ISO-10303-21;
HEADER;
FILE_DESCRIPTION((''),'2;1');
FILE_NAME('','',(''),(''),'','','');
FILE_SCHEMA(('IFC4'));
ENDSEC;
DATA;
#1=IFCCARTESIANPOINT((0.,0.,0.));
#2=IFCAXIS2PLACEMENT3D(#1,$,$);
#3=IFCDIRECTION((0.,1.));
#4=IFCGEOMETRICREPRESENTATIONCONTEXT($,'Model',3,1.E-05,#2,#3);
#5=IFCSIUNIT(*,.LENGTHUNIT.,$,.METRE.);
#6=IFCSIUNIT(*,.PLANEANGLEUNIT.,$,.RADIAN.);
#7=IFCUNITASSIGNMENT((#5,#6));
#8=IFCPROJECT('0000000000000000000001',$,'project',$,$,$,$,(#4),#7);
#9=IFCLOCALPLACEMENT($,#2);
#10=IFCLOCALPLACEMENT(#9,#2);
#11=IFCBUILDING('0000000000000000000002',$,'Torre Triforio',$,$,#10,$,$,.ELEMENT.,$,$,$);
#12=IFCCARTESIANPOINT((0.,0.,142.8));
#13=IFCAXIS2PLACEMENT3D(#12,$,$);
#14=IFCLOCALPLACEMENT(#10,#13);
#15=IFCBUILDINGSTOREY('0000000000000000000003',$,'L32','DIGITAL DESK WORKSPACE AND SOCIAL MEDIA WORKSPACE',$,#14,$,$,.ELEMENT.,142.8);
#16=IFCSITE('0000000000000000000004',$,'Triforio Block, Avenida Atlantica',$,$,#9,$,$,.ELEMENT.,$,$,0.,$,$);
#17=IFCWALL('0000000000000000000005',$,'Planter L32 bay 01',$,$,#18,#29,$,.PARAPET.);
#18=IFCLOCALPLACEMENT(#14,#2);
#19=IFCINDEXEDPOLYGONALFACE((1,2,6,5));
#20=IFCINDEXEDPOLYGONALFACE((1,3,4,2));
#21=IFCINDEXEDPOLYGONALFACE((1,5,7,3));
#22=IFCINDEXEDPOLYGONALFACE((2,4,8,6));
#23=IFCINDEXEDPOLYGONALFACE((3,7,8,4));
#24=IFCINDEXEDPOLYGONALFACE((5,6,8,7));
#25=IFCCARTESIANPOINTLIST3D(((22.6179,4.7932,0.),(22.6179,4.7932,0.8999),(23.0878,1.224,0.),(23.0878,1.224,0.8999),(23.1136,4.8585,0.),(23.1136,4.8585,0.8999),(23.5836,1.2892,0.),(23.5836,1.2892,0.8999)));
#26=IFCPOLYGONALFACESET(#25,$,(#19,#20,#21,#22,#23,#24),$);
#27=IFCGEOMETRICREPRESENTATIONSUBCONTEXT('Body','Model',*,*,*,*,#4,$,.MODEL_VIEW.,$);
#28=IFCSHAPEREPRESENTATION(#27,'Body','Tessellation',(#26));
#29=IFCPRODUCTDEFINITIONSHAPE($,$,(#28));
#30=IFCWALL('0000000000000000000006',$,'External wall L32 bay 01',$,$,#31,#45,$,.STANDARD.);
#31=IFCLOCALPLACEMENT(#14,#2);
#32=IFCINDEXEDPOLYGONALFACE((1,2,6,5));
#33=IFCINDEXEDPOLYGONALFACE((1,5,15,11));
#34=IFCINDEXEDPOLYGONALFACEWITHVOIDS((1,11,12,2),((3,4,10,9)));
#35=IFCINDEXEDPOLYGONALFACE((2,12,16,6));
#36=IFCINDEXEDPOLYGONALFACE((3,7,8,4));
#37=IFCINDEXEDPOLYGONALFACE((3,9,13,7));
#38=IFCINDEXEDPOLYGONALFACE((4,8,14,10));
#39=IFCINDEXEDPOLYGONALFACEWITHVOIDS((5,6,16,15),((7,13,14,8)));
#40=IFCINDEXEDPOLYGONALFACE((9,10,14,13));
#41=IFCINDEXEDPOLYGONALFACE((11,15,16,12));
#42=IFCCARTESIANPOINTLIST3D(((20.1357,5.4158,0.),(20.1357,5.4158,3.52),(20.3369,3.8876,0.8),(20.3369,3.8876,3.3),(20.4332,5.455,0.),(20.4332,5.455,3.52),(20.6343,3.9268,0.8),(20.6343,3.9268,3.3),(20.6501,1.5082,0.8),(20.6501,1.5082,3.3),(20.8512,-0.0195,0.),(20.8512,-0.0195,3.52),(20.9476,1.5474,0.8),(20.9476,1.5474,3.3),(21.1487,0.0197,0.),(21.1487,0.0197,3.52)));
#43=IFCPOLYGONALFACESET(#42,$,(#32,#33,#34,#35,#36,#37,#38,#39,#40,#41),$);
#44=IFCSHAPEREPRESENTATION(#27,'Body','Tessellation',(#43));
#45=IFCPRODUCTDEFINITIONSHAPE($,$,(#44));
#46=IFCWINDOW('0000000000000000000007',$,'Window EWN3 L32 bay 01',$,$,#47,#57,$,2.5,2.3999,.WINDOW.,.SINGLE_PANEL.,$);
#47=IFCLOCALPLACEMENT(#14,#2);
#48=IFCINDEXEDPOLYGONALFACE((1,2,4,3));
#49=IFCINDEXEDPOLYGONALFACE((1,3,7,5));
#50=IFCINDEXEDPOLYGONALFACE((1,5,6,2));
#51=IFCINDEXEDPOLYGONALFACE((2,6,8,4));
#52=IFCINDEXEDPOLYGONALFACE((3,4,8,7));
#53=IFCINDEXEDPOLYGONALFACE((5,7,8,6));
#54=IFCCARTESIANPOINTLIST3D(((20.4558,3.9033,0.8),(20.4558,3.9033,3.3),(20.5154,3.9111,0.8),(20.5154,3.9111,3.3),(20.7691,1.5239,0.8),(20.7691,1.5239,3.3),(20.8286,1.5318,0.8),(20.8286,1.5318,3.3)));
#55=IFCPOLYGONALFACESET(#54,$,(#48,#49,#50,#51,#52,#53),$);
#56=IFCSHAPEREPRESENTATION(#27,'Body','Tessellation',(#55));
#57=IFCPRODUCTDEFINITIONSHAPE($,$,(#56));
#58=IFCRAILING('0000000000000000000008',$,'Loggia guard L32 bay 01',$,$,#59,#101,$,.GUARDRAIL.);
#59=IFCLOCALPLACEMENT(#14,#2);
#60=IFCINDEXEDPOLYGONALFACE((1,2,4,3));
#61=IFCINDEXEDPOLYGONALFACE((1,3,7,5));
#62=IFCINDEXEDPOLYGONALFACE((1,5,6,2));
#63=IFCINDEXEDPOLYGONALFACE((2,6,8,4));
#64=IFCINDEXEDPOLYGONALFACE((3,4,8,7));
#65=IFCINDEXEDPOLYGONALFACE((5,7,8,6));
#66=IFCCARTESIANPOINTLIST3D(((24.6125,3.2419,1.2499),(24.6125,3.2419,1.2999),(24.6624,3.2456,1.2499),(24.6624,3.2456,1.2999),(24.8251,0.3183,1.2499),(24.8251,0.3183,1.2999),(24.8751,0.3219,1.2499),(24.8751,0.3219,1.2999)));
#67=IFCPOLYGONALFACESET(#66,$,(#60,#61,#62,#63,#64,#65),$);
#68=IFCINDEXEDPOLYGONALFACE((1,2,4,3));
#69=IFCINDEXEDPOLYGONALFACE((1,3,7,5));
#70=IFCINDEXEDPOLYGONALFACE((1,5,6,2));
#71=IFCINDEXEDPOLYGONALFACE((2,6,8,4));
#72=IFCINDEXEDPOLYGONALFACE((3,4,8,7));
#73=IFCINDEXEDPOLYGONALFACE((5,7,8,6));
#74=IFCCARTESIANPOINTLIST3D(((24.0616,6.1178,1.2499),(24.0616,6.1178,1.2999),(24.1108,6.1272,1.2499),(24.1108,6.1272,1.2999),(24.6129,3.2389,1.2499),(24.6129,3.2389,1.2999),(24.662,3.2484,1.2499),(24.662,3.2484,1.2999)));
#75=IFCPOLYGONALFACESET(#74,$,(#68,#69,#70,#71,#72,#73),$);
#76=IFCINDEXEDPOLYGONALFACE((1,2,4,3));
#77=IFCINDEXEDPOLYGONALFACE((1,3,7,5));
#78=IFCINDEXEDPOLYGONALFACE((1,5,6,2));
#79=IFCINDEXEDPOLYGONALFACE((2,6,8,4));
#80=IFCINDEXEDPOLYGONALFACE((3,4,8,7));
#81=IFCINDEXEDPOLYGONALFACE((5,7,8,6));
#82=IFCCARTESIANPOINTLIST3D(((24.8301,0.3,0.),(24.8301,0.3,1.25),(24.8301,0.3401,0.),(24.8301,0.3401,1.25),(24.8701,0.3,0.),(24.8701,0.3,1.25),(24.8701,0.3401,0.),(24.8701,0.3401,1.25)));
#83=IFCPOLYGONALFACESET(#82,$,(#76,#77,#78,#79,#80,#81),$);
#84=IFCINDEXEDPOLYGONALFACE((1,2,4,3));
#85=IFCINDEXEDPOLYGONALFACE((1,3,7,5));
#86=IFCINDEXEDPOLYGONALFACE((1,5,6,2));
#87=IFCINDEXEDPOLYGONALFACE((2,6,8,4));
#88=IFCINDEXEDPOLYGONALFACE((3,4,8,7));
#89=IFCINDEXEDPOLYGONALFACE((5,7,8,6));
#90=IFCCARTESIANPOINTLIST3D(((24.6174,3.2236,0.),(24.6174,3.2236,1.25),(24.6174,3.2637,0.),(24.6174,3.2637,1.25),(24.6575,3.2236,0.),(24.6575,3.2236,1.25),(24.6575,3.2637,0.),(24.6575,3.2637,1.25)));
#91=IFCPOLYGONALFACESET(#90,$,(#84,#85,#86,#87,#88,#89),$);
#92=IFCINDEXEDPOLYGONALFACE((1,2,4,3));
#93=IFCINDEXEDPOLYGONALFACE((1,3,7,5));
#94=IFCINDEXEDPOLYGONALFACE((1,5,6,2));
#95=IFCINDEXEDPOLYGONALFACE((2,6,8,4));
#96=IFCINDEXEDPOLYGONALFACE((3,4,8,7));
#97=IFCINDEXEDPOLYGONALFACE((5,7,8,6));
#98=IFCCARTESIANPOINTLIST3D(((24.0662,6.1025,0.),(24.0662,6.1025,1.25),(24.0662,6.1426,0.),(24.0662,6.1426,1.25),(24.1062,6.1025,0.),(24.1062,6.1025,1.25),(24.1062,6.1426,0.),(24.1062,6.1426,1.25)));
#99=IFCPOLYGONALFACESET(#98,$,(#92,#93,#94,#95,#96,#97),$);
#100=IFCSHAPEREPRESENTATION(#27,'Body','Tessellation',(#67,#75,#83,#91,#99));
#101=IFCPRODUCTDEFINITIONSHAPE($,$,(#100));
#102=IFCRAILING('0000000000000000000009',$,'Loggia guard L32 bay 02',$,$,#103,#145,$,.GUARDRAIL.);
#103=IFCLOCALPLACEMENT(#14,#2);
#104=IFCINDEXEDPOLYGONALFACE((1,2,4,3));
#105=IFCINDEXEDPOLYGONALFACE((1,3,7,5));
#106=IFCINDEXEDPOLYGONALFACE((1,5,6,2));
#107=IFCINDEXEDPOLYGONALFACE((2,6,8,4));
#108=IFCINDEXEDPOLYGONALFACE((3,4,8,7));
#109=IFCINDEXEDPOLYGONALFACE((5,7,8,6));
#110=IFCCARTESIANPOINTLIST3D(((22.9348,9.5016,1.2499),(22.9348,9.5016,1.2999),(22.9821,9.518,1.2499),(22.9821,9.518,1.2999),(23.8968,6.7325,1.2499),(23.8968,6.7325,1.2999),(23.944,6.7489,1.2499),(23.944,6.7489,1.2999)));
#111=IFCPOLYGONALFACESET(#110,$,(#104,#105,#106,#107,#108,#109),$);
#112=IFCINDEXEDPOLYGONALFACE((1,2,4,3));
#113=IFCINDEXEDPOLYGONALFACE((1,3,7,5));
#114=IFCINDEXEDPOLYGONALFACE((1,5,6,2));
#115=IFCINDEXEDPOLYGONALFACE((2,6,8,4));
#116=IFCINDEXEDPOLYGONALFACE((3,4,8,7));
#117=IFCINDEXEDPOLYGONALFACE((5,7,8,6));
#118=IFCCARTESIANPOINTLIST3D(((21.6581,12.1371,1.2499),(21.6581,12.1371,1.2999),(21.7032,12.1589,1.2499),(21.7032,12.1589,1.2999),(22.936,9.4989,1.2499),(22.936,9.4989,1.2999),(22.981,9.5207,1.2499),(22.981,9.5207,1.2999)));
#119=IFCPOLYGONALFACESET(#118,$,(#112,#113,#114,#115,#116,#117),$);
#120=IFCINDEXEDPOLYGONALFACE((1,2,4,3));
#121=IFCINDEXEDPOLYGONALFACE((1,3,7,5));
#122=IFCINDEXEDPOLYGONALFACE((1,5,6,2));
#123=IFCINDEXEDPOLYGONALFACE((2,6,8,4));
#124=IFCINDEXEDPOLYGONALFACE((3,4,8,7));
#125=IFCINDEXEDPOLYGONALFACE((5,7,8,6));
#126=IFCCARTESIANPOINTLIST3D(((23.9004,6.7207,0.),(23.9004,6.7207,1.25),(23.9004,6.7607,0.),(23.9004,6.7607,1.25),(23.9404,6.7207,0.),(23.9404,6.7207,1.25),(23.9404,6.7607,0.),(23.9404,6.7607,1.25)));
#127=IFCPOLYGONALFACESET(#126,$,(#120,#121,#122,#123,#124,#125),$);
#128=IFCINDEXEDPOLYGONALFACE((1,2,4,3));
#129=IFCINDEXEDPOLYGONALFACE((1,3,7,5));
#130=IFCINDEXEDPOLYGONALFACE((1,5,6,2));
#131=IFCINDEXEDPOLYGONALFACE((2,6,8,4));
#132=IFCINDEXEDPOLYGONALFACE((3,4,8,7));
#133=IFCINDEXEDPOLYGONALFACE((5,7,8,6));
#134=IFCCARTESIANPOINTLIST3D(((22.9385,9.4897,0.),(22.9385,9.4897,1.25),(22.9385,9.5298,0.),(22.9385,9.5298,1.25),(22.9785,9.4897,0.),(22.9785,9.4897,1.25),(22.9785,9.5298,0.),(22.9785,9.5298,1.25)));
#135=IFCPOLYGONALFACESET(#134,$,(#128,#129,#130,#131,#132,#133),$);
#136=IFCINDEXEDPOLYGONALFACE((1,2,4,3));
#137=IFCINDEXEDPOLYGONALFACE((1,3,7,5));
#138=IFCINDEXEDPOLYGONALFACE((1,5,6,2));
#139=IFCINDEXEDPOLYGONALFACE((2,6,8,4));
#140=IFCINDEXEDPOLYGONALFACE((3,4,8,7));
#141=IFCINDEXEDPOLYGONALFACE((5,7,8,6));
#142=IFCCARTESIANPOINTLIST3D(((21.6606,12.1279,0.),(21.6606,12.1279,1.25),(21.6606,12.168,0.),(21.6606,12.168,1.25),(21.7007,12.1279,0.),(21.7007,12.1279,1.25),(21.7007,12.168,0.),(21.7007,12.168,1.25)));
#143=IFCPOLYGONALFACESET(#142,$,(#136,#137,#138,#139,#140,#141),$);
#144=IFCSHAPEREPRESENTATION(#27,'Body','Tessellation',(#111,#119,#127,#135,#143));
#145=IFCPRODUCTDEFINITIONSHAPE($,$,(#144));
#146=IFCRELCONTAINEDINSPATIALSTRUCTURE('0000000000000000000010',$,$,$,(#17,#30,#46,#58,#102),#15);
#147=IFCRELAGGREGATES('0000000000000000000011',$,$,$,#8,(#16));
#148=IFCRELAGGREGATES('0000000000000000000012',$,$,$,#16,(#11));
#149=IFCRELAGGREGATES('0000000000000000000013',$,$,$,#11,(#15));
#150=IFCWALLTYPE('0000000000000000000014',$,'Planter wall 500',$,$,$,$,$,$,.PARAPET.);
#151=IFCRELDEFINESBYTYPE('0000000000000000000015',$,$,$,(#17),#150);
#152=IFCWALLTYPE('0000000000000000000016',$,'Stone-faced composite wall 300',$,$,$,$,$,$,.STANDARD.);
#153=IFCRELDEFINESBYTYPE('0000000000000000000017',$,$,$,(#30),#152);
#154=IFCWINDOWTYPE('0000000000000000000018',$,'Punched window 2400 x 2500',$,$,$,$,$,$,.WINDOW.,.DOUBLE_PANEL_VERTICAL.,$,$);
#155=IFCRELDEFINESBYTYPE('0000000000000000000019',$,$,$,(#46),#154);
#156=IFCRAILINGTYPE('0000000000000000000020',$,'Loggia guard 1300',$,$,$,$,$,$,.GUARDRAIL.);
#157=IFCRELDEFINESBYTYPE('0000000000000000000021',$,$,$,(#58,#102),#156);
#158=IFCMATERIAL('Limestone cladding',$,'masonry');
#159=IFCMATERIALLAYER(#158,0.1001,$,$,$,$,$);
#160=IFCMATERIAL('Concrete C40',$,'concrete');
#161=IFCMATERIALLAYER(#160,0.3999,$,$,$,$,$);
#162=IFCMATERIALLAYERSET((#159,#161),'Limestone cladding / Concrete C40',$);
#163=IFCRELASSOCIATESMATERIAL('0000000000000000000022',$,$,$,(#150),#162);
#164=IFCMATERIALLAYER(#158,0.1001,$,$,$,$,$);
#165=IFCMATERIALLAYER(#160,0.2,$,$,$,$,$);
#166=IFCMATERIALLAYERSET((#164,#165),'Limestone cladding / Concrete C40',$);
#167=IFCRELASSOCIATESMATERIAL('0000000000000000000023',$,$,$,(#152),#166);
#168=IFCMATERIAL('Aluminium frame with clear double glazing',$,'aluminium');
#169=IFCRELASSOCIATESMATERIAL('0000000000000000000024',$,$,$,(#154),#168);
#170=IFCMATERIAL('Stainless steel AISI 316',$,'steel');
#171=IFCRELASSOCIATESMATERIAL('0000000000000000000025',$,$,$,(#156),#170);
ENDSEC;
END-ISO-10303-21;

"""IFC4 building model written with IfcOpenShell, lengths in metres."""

from ifc_helpers import new_model, si_unit, direction, frame, frame_2d, origin, origin_2d, place, context, subcontext, project, spatial, rectangle, extrude, material, layer, layer_set, type_object, element, fill, save


model = new_model("IFC4")

# Units and contexts
model_context = context("Model", 3, precision=1e-05, world=origin(), true_north=direction((0.0, 1.0)))
body_context = subcontext(model_context, "Body", "Model", "MODEL_VIEW")
ifc_project = project(units=[si_unit("LENGTHUNIT", "METRE"), si_unit("PLANEANGLEUNIT", "RADIAN")], contexts=[model_context])

# Site, building, storey
site_placement = place(None, origin())
site = spatial("IfcSite", under=ifc_project, at=site_placement, Name="Triforio Block, Avenida Atlantica", CompositionType="ELEMENT", RefElevation=0.0)
building_placement = place(site_placement, origin())
building = spatial("IfcBuilding", under=site, at=building_placement, Name="Torre Triforio", CompositionType="ELEMENT")
storey_placement = place(building_placement, frame((0.0, 0.0, 142.8)))
storey = spatial("IfcBuildingStorey", under=building, at=storey_placement, Name="L32", Description="DIGITAL DESK WORKSPACE AND SOCIAL MEDIA WORKSPACE", CompositionType="ELEMENT", Elevation=142.8)

# Wall
ifc_material_1 = material(Name="Limestone cladding", Category="masonry")
ifc_layer_1 = layer(ifc_material_1, 0.1001)
ifc_material_2 = material(Name="Concrete C40", Category="concrete")
ifc_layer_2 = layer(ifc_material_2, 0.3999)
ifc_layer_set_1 = layer_set([ifc_layer_1, ifc_layer_2], Name="Limestone cladding / Concrete C40")
wall_type_1 = type_object("IfcWallType", Name="Planter wall 500", PredefinedType="PARAPET", material=ifc_layer_set_1)
wall_1_placement = place(storey_placement, frame((23.3357, 1.2566, 0.0), z_axis=(0.0, 0.0, 1.0), x_axis=(-0.130542, 0.991443, 0.0)))
element("IfcWall", 1, at=wall_1_placement, inside=storey, type_object=wall_type_1, Name="Planter L32 bay 01", PredefinedType="PARAPET", context=body_context, shape_type="SweptSolid", body=[
    extrude(rectangle(XDim=3.6001, YDim=0.5, at=frame_2d((1.8, 0.0))), origin(), (0.0, 0.0, 1.0), 0.8999),
])

# Wall, opening, window
ifc_layer_3 = layer(ifc_material_1, 0.1001)
ifc_layer_4 = layer(ifc_material_2, 0.2)
ifc_layer_set_2 = layer_set([ifc_layer_3, ifc_layer_4], Name="Limestone cladding / Concrete C40")
wall_type_2 = type_object("IfcWallType", Name="Stone-faced composite wall 300", PredefinedType="STANDARD", material=ifc_layer_set_2)
wall_2_placement = place(storey_placement, frame((21.0, 0.0, 0.0), z_axis=(0.0, 0.0, 1.0), x_axis=(-0.130527, 0.991445, 0.0)))
wall_2 = element("IfcWall", 2, at=wall_2_placement, inside=storey, type_object=wall_type_2, Name="External wall L32 bay 01", PredefinedType="STANDARD", context=body_context, shape_type="SweptSolid", body=[
    extrude(rectangle(XDim=5.4822, YDim=0.3, at=frame_2d((2.7412, 0.0))), origin(), (0.0, 0.0, 1.0), 3.52),
])
opening_1_placement = place(wall_2_placement, frame((1.541, 0.0, 0.8)))
opening_1 = element("IfcOpeningElement", 3, at=opening_1_placement, cuts=wall_2, PredefinedType="OPENING", context=body_context, shape_type="SweptSolid", body=[
    extrude(rectangle(XDim=2.3999, YDim=2.5, at=frame_2d((1.2, 1.25))), frame((0.0, 0.1599, 0.0), z_axis=(0.0, -1.0, 0.0), x_axis=(1.0, 0.0, 0.0)), (0.0, 0.0, 1.0), 0.3201),
])
ifc_material_3 = material(Name="Aluminium frame with clear double glazing", Category="aluminium")
window_type_1 = type_object("IfcWindowType", Name="Punched window 2400 x 2500", PartitioningType="DOUBLE_PANEL_VERTICAL", PredefinedType="WINDOW", material=ifc_material_3)
window_1_placement = place(opening_1_placement, origin())
window_1 = element("IfcWindow", 4, at=window_1_placement, inside=storey, type_object=window_type_1, Name="Window EWN3 L32 bay 01", OverallHeight=2.5, OverallWidth=2.3999, PartitioningType="SINGLE_PANEL", PredefinedType="WINDOW", context=body_context, shape_type="SweptSolid", body=[
    extrude(rectangle(XDim=2.3999, YDim=2.5, at=frame_2d((1.2, 1.25))), frame((0.0, 0.03, 0.0), z_axis=(0.0, -1.0, 0.0), x_axis=(1.0, 0.0, 0.0)), (0.0, 0.0, 1.0), 0.0601),
])
fill(opening_1, window_1)

# Railings
ifc_material_4 = material(Name="Stainless steel AISI 316", Category="steel")
railing_type = type_object("IfcRailingType", Name="Loggia guard 1300", PredefinedType="GUARDRAIL", material=ifc_material_4)
railing_1_placement = place(storey_placement, frame((24.8501, 0.3201, 0.0)))
element("IfcRailing", 5, at=railing_1_placement, inside=storey, type_object=railing_type, Name="Loggia guard L32 bay 01", PredefinedType="GUARDRAIL", context=body_context, shape_type="SweptSolid", body=[
    extrude(rectangle(XDim=0.05, YDim=0.05, at=origin_2d()), frame((0.0, 0.0, 1.2749), z_axis=(-0.072543, 0.997365, 0.0), x_axis=(-0.997365, -0.072543, 0.0)), (0.0, 0.0, 1.0), 2.9314),
    extrude(rectangle(XDim=0.05, YDim=0.05, at=origin_2d()), frame((-0.2126, 2.9236, 1.2749), z_axis=(-0.188069, 0.982156, 0.0), x_axis=(-0.982156, -0.188069, 0.0)), (0.0, 0.0, 1.0), 2.9312),
    extrude(rectangle(XDim=0.04, YDim=0.04, at=origin_2d()), origin(), (0.0, 0.0, 1.0), 1.25),
    extrude(rectangle(XDim=0.04, YDim=0.04, at=origin_2d()), frame((-0.2126, 2.9236, 0.0)), (0.0, 0.0, 1.0), 1.25),
    extrude(rectangle(XDim=0.04, YDim=0.04, at=origin_2d()), frame((-0.7639, 5.8025, 0.0)), (0.0, 0.0, 1.0), 1.25),
])
railing_2_placement = place(storey_placement, frame((23.9204, 6.7407, 0.0)))
element("IfcRailing", 6, at=railing_2_placement, inside=storey, type_object=railing_type, Name="Loggia guard L32 bay 02", PredefinedType="GUARDRAIL", context=body_context, shape_type="SweptSolid", body=[
    extrude(rectangle(XDim=0.05, YDim=0.05, at=origin_2d()), frame((0.0, 0.0, 1.2749), z_axis=(-0.328146, 0.944627, 0.0), x_axis=(-0.944627, -0.328146, 0.0)), (0.0, 0.0, 1.0), 2.9314),
    extrude(rectangle(XDim=0.05, YDim=0.05, at=origin_2d()), frame((-0.9619, 2.769, 1.2749), z_axis=(-0.435918, 0.899986, 0.0), x_axis=(-0.899986, -0.435918, 0.0)), (0.0, 0.0, 1.0), 2.9314),
    extrude(rectangle(XDim=0.04, YDim=0.04, at=origin_2d()), origin(), (0.0, 0.0, 1.0), 1.25),
    extrude(rectangle(XDim=0.04, YDim=0.04, at=origin_2d()), frame((-0.9619, 2.769, 0.0)), (0.0, 0.0, 1.0), 1.25),
    extrude(rectangle(XDim=0.04, YDim=0.04, at=origin_2d()), frame((-2.2397, 5.4072, 0.0)), (0.0, 0.0, 1.0), 1.25),
])

save(model, "model.ifc")
